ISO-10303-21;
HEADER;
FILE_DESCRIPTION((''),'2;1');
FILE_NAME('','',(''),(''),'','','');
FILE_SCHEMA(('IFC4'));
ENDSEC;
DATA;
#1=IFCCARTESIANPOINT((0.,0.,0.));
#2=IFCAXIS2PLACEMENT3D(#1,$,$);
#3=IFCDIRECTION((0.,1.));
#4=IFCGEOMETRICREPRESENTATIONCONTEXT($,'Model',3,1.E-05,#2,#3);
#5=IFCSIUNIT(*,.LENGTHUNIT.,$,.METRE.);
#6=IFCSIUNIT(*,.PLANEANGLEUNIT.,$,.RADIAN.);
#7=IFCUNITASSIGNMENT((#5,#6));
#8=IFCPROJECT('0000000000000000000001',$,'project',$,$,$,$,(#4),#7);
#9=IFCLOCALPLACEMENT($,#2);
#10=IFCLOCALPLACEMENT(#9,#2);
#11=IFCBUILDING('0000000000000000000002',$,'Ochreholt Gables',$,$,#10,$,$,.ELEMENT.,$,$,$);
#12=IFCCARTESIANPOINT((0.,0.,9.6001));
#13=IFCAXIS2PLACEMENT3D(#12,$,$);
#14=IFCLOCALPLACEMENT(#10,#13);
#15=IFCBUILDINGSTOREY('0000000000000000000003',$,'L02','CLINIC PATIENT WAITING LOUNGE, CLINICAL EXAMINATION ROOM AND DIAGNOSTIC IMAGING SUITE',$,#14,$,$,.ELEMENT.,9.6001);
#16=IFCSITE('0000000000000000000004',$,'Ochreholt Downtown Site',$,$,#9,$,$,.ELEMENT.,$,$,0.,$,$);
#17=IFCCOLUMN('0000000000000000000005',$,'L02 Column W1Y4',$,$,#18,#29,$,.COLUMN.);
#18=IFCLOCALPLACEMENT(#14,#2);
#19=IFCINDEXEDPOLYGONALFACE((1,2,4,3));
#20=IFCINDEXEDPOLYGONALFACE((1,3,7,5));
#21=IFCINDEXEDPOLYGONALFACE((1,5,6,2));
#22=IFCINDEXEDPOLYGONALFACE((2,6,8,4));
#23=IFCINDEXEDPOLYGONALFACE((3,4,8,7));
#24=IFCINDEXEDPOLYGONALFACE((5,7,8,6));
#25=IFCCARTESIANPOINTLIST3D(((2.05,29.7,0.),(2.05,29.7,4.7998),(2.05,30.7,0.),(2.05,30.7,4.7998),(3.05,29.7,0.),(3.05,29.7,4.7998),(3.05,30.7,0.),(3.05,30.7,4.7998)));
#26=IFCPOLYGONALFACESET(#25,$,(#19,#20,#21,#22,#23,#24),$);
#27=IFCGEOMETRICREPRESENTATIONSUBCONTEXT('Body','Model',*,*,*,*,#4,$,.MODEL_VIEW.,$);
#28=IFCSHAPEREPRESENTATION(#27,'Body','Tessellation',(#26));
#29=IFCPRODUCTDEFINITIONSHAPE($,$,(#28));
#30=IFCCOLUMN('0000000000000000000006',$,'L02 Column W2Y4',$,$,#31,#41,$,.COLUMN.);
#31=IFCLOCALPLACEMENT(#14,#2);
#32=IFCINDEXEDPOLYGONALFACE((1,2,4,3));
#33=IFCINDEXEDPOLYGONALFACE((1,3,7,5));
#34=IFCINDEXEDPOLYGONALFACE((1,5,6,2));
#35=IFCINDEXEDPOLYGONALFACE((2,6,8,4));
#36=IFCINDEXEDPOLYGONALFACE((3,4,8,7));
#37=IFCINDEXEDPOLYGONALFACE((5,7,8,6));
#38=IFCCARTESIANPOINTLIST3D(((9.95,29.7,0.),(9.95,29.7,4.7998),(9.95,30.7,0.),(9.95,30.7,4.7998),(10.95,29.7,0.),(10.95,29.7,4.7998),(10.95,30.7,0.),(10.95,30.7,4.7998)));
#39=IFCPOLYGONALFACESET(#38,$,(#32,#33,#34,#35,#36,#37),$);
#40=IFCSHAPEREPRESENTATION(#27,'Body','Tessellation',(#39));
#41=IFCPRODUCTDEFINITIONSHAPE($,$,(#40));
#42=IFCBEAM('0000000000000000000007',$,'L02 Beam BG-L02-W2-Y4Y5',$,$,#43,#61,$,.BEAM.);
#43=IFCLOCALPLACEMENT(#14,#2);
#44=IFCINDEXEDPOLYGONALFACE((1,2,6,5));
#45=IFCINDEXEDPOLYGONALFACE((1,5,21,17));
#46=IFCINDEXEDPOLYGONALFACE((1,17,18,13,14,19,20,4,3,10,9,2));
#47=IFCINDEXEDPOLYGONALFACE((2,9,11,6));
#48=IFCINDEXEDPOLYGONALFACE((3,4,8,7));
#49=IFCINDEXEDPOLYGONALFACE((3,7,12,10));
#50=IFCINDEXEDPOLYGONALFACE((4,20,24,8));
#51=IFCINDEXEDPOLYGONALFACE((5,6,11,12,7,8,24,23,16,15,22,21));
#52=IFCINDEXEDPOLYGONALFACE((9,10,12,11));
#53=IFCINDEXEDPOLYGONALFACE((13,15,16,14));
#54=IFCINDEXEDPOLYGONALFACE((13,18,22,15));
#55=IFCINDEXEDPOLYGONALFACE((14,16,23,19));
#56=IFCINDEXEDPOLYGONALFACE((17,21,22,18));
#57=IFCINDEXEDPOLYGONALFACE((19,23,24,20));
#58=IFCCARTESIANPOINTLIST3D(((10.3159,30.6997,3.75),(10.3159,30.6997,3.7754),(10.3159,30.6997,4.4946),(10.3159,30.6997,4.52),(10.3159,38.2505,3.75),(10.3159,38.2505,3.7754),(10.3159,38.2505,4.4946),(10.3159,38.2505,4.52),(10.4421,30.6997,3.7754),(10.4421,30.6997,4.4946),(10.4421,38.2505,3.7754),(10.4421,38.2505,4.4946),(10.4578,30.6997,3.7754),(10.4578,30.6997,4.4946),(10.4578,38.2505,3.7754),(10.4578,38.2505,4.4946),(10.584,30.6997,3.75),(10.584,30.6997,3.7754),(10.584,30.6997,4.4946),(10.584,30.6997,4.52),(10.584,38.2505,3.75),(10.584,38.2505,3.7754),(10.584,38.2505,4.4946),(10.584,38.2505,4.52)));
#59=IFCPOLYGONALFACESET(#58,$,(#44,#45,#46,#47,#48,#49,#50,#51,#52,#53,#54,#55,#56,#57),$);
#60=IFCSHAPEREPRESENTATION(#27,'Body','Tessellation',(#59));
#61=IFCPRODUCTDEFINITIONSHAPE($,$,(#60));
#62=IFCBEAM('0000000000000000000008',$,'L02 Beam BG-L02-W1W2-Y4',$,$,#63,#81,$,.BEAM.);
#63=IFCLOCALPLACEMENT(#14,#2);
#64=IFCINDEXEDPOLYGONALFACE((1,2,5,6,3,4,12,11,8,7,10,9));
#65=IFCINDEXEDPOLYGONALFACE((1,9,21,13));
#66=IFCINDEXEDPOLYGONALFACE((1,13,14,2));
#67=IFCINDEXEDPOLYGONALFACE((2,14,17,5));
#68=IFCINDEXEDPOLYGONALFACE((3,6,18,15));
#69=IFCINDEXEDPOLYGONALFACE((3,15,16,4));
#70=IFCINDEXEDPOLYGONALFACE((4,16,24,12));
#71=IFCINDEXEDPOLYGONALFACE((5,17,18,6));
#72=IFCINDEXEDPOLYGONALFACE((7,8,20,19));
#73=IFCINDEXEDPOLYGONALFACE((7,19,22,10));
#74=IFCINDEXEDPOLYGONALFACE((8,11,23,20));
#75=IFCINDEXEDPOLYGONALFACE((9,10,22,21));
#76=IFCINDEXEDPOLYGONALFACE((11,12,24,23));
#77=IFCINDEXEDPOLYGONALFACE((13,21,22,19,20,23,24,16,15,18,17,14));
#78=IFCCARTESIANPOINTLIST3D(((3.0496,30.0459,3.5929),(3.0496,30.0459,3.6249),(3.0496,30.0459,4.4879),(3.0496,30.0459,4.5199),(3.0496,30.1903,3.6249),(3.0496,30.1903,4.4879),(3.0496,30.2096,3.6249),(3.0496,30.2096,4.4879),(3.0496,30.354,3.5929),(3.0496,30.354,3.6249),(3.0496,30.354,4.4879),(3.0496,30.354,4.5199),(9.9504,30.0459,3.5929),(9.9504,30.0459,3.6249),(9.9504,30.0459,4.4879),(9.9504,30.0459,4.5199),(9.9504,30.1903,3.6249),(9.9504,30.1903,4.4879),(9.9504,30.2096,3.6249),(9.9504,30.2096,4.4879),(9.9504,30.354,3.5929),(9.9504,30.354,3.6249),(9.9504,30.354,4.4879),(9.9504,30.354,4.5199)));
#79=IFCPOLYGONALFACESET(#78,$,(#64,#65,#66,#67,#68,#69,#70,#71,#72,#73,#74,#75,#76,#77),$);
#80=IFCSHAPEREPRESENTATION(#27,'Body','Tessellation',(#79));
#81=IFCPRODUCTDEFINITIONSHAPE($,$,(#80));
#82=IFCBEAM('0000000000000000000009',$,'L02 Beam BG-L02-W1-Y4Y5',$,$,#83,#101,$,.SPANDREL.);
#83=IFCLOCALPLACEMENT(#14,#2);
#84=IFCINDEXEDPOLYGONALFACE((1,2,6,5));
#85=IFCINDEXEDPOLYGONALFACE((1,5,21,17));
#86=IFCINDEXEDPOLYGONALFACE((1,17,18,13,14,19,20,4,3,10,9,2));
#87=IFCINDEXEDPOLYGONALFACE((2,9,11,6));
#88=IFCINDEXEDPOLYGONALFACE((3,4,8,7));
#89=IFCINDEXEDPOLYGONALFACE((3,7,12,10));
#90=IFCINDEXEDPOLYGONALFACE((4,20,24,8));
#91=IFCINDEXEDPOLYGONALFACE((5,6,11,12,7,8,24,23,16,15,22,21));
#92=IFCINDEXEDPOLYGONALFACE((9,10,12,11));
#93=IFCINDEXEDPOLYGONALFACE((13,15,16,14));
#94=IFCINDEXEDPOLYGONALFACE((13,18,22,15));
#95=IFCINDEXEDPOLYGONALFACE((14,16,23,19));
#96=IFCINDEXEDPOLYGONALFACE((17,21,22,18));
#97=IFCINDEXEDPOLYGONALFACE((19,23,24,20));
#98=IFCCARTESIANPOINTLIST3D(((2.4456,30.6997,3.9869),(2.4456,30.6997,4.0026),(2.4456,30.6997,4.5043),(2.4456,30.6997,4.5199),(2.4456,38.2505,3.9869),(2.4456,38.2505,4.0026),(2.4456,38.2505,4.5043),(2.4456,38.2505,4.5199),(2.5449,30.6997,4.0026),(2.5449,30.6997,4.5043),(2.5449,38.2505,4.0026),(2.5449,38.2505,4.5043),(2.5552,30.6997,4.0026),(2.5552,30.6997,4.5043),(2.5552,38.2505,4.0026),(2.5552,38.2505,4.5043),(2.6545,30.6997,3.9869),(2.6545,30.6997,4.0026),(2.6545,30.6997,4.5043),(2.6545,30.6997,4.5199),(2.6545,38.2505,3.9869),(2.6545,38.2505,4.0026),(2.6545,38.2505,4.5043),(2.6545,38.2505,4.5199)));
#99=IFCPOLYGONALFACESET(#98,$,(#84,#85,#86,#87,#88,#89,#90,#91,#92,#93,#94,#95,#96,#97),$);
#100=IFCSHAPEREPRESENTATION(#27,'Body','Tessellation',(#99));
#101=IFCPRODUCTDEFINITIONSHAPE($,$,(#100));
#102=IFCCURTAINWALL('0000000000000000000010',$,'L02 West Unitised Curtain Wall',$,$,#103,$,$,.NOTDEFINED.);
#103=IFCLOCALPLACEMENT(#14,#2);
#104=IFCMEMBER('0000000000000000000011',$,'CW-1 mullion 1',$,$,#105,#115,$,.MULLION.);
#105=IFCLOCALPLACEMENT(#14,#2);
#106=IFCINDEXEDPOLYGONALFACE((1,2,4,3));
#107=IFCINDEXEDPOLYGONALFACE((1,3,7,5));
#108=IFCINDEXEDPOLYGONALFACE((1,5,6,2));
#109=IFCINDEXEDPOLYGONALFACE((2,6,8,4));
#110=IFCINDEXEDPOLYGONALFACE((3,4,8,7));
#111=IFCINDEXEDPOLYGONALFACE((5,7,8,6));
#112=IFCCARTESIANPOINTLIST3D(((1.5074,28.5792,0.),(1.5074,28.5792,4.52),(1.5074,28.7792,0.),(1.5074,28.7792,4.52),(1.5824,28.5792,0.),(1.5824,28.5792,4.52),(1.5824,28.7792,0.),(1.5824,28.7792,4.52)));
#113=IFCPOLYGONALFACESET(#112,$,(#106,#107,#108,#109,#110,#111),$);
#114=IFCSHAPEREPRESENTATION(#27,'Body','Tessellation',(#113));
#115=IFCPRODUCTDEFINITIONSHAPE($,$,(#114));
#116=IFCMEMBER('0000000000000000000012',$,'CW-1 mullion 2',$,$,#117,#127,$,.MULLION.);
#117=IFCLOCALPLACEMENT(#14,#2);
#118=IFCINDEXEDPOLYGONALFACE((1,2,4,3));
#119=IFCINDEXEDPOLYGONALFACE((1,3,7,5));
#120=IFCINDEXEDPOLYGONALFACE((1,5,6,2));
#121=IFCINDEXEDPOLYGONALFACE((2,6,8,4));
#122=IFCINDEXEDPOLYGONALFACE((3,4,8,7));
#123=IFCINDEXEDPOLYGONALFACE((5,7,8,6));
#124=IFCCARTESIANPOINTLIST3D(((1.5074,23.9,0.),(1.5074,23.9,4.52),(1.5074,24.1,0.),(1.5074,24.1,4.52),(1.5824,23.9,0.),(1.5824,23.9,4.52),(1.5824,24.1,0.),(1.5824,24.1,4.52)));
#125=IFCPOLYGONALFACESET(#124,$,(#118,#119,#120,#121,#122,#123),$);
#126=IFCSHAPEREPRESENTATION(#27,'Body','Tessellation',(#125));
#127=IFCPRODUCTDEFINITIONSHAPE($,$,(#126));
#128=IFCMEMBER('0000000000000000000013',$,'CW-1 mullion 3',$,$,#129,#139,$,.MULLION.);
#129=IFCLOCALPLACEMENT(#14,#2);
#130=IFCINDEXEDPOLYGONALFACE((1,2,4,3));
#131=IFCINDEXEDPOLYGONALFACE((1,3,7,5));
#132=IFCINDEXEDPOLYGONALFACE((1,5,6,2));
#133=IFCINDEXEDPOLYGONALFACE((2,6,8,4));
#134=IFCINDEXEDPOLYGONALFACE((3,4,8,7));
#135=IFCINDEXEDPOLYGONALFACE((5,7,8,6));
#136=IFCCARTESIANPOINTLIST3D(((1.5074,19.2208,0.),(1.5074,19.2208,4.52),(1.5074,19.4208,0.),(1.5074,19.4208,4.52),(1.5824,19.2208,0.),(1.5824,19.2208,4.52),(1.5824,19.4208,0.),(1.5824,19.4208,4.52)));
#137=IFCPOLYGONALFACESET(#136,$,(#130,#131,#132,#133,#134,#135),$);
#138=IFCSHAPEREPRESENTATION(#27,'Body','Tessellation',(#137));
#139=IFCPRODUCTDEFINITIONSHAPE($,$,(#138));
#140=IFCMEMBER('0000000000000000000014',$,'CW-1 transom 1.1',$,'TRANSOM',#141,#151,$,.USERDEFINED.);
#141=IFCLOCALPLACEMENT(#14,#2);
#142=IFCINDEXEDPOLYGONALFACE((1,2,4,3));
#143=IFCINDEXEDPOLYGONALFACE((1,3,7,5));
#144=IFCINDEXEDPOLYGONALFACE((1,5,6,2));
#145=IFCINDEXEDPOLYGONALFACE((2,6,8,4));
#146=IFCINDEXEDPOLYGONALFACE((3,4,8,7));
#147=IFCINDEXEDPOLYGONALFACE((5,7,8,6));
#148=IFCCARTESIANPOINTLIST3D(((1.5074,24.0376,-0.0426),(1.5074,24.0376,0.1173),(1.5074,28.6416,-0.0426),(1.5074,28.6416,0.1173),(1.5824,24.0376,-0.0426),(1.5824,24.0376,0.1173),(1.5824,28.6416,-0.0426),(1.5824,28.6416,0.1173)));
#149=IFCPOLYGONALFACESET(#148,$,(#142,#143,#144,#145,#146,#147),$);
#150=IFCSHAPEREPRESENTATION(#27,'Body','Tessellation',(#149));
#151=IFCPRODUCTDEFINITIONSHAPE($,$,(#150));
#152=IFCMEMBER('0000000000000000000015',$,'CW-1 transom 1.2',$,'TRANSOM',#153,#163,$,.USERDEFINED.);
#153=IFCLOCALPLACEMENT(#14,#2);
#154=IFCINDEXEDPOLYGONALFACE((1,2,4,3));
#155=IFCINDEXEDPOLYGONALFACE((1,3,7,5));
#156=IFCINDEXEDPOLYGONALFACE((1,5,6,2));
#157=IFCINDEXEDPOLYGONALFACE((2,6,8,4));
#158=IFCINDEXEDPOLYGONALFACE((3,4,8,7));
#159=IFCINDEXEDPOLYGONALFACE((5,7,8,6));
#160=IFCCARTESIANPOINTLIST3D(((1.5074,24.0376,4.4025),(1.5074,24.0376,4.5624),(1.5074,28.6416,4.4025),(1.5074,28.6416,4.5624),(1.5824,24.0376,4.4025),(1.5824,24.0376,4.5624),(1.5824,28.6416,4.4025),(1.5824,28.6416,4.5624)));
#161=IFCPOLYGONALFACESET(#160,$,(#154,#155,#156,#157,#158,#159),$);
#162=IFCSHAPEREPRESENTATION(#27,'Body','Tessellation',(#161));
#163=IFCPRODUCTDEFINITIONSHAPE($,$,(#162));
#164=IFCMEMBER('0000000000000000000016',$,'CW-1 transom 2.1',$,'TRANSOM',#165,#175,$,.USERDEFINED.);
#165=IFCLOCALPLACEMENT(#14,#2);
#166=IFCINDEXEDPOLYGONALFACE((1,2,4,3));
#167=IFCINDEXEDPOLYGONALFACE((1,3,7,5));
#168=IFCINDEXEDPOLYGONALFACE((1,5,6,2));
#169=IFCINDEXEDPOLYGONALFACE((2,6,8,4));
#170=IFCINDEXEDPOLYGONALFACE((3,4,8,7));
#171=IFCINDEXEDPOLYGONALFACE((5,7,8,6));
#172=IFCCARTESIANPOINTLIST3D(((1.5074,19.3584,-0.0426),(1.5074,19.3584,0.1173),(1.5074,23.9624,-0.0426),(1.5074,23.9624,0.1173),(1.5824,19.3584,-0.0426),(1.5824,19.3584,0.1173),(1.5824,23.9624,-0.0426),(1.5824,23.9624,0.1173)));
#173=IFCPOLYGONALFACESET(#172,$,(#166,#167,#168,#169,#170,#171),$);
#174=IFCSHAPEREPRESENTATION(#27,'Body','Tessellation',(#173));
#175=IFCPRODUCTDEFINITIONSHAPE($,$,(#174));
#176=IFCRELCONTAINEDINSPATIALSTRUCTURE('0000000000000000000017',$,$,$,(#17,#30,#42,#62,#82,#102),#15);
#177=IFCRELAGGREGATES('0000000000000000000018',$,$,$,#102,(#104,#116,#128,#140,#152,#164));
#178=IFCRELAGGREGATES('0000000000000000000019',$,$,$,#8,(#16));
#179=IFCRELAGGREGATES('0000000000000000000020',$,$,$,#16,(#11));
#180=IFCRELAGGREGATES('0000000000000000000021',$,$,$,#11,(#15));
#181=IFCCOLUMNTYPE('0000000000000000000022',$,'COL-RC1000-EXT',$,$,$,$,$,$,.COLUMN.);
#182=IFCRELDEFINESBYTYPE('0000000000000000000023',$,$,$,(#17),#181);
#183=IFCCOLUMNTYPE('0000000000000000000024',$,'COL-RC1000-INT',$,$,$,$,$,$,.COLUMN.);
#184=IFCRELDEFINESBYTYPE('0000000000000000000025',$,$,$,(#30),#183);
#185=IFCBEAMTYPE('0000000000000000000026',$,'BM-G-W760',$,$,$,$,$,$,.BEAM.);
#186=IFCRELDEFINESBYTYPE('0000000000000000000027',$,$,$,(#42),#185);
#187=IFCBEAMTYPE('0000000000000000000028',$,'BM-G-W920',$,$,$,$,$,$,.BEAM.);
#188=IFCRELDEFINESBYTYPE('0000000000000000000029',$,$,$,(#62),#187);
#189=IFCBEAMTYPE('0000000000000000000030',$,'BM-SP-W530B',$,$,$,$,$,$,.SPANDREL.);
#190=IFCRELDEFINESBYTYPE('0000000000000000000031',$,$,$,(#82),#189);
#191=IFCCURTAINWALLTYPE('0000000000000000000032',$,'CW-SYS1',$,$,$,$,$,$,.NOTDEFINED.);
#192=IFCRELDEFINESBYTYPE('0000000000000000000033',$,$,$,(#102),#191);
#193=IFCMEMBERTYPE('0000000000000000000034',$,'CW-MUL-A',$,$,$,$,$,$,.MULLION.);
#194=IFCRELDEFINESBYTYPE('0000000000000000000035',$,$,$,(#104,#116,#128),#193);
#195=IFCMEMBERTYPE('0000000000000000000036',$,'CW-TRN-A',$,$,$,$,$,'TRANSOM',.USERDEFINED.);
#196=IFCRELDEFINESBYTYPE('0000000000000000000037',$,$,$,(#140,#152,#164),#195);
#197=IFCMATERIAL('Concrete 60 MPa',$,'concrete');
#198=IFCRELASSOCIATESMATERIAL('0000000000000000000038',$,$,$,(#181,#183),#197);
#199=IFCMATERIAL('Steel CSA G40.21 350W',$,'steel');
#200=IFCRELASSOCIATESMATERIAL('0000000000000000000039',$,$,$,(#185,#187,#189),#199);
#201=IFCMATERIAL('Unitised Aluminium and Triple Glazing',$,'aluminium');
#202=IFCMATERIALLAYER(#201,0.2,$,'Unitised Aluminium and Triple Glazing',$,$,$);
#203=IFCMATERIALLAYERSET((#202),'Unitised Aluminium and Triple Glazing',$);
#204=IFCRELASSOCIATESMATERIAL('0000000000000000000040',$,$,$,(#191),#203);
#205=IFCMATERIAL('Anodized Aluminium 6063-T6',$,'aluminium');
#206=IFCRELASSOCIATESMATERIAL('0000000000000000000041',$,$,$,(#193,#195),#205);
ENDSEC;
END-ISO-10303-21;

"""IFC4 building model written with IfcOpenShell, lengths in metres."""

from ifc_helpers import new_model, si_unit, direction, frame, origin, origin_2d, place, context, subcontext, project, spatial, rectangle, i_section, extrude, material, layer, layer_set, material_profile, profile_set, type_object, element, aggregate, save


model = new_model("IFC4")

# Units and contexts
model_context = context("Model", 3, precision=1e-05, world=origin(), true_north=direction((0.0, 1.0)))
body_context = subcontext(model_context, "Body", "Model", "MODEL_VIEW")
ifc_project = project(units=[si_unit("LENGTHUNIT", "METRE"), si_unit("PLANEANGLEUNIT", "RADIAN")], contexts=[model_context])

# Site, building, storey
site_placement = place(None, origin())
site = spatial("IfcSite", under=ifc_project, at=site_placement, Name="Ochreholt Downtown Site", CompositionType="ELEMENT", RefElevation=0.0)
building_placement = place(site_placement, origin())
building = spatial("IfcBuilding", under=site, at=building_placement, Name="Ochreholt Gables", CompositionType="ELEMENT")
storey_placement = place(building_placement, frame((0.0, 0.0, 9.6001)))
storey = spatial("IfcBuildingStorey", under=building, at=storey_placement, Name="L02", Description="CLINIC PATIENT WAITING LOUNGE, CLINICAL EXAMINATION ROOM AND DIAGNOSTIC IMAGING SUITE", CompositionType="ELEMENT", Elevation=9.6001)

# Columns
ifc_material_1 = material(Name="Concrete 60 MPa", Category="concrete")
ifc_material_profile_1 = material_profile(ifc_material_1, rectangle(XDim=1.0, YDim=1.0, at=origin_2d()), Name="RC1000X1000")
ifc_profile_set_1 = profile_set([ifc_material_profile_1], Name="Concrete 60 MPa")
column_type_1 = type_object("IfcColumnType", Name="COL-RC1000-EXT", PredefinedType="COLUMN", material=ifc_profile_set_1)
column_1_placement = place(storey_placement, frame((2.55, 30.2, 0.0), z_axis=(0.0, 0.0, 1.0), x_axis=(1.0, 0.0, 0.0)))
element("IfcColumn", 1, at=column_1_placement, inside=storey, type_object=column_type_1, Name="L02 Column W1Y4", PredefinedType="COLUMN", context=body_context, shape_type="SweptSolid", body=[
    extrude(rectangle(XDim=1.0, YDim=1.0, at=origin_2d()), origin(), (0.0, 0.0, 1.0), 4.7998),
])
ifc_material_profile_2 = material_profile(ifc_material_1, rectangle(XDim=1.0, YDim=1.0, at=origin_2d()), Name="RC1000X1000")
ifc_profile_set_2 = profile_set([ifc_material_profile_2], Name="Concrete 60 MPa")
column_type_2 = type_object("IfcColumnType", Name="COL-RC1000-INT", PredefinedType="COLUMN", material=ifc_profile_set_2)
column_2_placement = place(storey_placement, frame((10.45, 30.2, 0.0), z_axis=(0.0, 0.0, 1.0), x_axis=(1.0, 0.0, 0.0)))
element("IfcColumn", 2, at=column_2_placement, inside=storey, type_object=column_type_2, Name="L02 Column W2Y4", PredefinedType="COLUMN", context=body_context, shape_type="SweptSolid", body=[
    extrude(rectangle(XDim=1.0, YDim=1.0, at=origin_2d()), origin(), (0.0, 0.0, 1.0), 4.7998),
])

# Beams
ifc_material_2 = material(Name="Steel CSA G40.21 350W", Category="steel")
ifc_material_profile_3 = material_profile(ifc_material_2, i_section(OverallWidth=0.2681, OverallDepth=0.77, WebThickness=0.0156, FlangeThickness=0.0254, at=origin_2d()), Name="W760X196")
ifc_profile_set_3 = profile_set([ifc_material_profile_3], Name="Steel CSA G40.21 350W")
beam_type_1 = type_object("IfcBeamType", Name="BM-G-W760", PredefinedType="BEAM", material=ifc_profile_set_3)
beam_1_placement = place(storey_placement, frame((10.45, 30.6997, 4.135), z_axis=(0.0, 1.0, 0.0), x_axis=(-1.0, 0.0, 0.0)))
element("IfcBeam", 3, at=beam_1_placement, inside=storey, type_object=beam_type_1, Name="L02 Beam BG-L02-W2-Y4Y5", PredefinedType="BEAM", context=body_context, shape_type="SweptSolid", body=[
    extrude(i_section(OverallWidth=0.2681, OverallDepth=0.77, WebThickness=0.0156, FlangeThickness=0.0254, at=origin_2d()), origin(), (0.0, 0.0, 1.0), 7.5508),
])
ifc_material_profile_4 = material_profile(ifc_material_2, i_section(OverallWidth=0.3081, OverallDepth=0.927, WebThickness=0.0193, FlangeThickness=0.032, at=origin_2d()), Name="W920X289")
ifc_profile_set_4 = profile_set([ifc_material_profile_4], Name="Steel CSA G40.21 350W")
beam_type_2 = type_object("IfcBeamType", Name="BM-G-W920", PredefinedType="BEAM", material=ifc_profile_set_4)
beam_2_placement = place(storey_placement, frame((3.0496, 30.2, 4.0564), z_axis=(1.0, 0.0, 0.0), x_axis=(0.0, 1.0, 0.0)))
element("IfcBeam", 4, at=beam_2_placement, inside=storey, type_object=beam_type_2, Name="L02 Beam BG-L02-W1W2-Y4", PredefinedType="BEAM", context=body_context, shape_type="SweptSolid", body=[
    extrude(i_section(OverallWidth=0.3081, OverallDepth=0.927, WebThickness=0.0193, FlangeThickness=0.032, at=origin_2d()), origin(), (0.0, 0.0, 1.0), 6.9009),
])
ifc_material_profile_5 = material_profile(ifc_material_2, i_section(OverallWidth=0.209, OverallDepth=0.533, WebThickness=0.0103, FlangeThickness=0.0156, at=origin_2d()), Name="W530X92")
ifc_profile_set_5 = profile_set([ifc_material_profile_5], Name="Steel CSA G40.21 350W")
beam_type_3 = type_object("IfcBeamType", Name="BM-SP-W530B", PredefinedType="SPANDREL", material=ifc_profile_set_5)
beam_3_placement = place(storey_placement, frame((2.55, 30.6997, 4.2534), z_axis=(0.0, 1.0, 0.0), x_axis=(-1.0, 0.0, 0.0)))
element("IfcBeam", 5, at=beam_3_placement, inside=storey, type_object=beam_type_3, Name="L02 Beam BG-L02-W1-Y4Y5", PredefinedType="SPANDREL", context=body_context, shape_type="SweptSolid", body=[
    extrude(i_section(OverallWidth=0.209, OverallDepth=0.533, WebThickness=0.0103, FlangeThickness=0.0156, at=origin_2d()), origin(), (0.0, 0.0, 1.0), 7.5508),
])

# Curtain wall, members
ifc_material_3 = material(Name="Unitised Aluminium and Triple Glazing", Category="aluminium")
ifc_layer_1 = layer(ifc_material_3, 0.2, Name="Unitised Aluminium and Triple Glazing")
ifc_layer_set_1 = layer_set([ifc_layer_1], Name="Unitised Aluminium and Triple Glazing")
curtain_wall_type = type_object("IfcCurtainWallType", Name="CW-SYS1", PredefinedType="NOTDEFINED", material=ifc_layer_set_1)
curtain_wall_placement = place(storey_placement, origin())
curtain_wall = element("IfcCurtainWall", 6, at=curtain_wall_placement, inside=storey, type_object=curtain_wall_type, Name="L02 West Unitised Curtain Wall", PredefinedType="NOTDEFINED")
ifc_material_4 = material(Name="Anodized Aluminium 6063-T6", Category="aluminium")
ifc_material_profile_6 = material_profile(ifc_material_4, rectangle(XDim=0.075, YDim=0.2, at=origin_2d()), Name="CWM75X200")
ifc_profile_set_6 = profile_set([ifc_material_profile_6], Name="Anodized Aluminium 6063-T6")
member_type_1 = type_object("IfcMemberType", Name="CW-MUL-A", PredefinedType="MULLION", material=ifc_profile_set_6)
member_1_placement = place(storey_placement, frame((1.5449, 28.6792, 0.0), z_axis=(0.0, 0.0, 1.0), x_axis=(1.0, 0.0, 0.0)))
member_1 = element("IfcMember", 7, at=member_1_placement, type_object=member_type_1, Name="CW-1 mullion 1", PredefinedType="MULLION", context=body_context, shape_type="SweptSolid", body=[
    extrude(rectangle(XDim=0.075, YDim=0.2, at=origin_2d()), origin(), (0.0, 0.0, 1.0), 4.52),
])
member_2_placement = place(storey_placement, frame((1.5449, 24.0, 0.0), z_axis=(0.0, 0.0, 1.0), x_axis=(1.0, 0.0, 0.0)))
member_2 = element("IfcMember", 8, at=member_2_placement, type_object=member_type_1, Name="CW-1 mullion 2", PredefinedType="MULLION", context=body_context, shape_type="SweptSolid", body=[
    extrude(rectangle(XDim=0.075, YDim=0.2, at=origin_2d()), origin(), (0.0, 0.0, 1.0), 4.52),
])
member_3_placement = place(storey_placement, frame((1.5449, 19.3208, 0.0), z_axis=(0.0, 0.0, 1.0), x_axis=(1.0, 0.0, 0.0)))
member_3 = element("IfcMember", 9, at=member_3_placement, type_object=member_type_1, Name="CW-1 mullion 3", PredefinedType="MULLION", context=body_context, shape_type="SweptSolid", body=[
    extrude(rectangle(XDim=0.075, YDim=0.2, at=origin_2d()), origin(), (0.0, 0.0, 1.0), 4.52),
])
ifc_material_profile_7 = material_profile(ifc_material_4, rectangle(XDim=0.075, YDim=0.1599, at=origin_2d()), Name="CWT75X160")
ifc_profile_set_7 = profile_set([ifc_material_profile_7], Name="Anodized Aluminium 6063-T6")
member_type_2 = type_object("IfcMemberType", Name="CW-TRN-A", ElementType="TRANSOM", PredefinedType="USERDEFINED", material=ifc_profile_set_7)
member_4_placement = place(storey_placement, frame((1.5449, 28.6416, 0.0374), z_axis=(0.0, -1.0, 0.0), x_axis=(1.0, 0.0, 0.0)))
member_4 = element("IfcMember", 10, at=member_4_placement, type_object=member_type_2, Name="CW-1 transom 1.1", ObjectType="TRANSOM", PredefinedType="USERDEFINED", context=body_context, shape_type="SweptSolid", body=[
    extrude(rectangle(XDim=0.075, YDim=0.1599, at=origin_2d()), origin(), (0.0, 0.0, 1.0), 4.604),
])
member_5_placement = place(storey_placement, frame((1.5449, 28.6416, 4.4824), z_axis=(0.0, -1.0, 0.0), x_axis=(1.0, 0.0, 0.0)))
member_5 = element("IfcMember", 11, at=member_5_placement, type_object=member_type_2, Name="CW-1 transom 1.2", ObjectType="TRANSOM", PredefinedType="USERDEFINED", context=body_context, shape_type="SweptSolid", body=[
    extrude(rectangle(XDim=0.075, YDim=0.1599, at=origin_2d()), origin(), (0.0, 0.0, 1.0), 4.604),
])
member_6_placement = place(storey_placement, frame((1.5449, 23.9624, 0.0374), z_axis=(0.0, -1.0, 0.0), x_axis=(1.0, 0.0, 0.0)))
member_6 = element("IfcMember", 12, at=member_6_placement, type_object=member_type_2, Name="CW-1 transom 2.1", ObjectType="TRANSOM", PredefinedType="USERDEFINED", context=body_context, shape_type="SweptSolid", body=[
    extrude(rectangle(XDim=0.075, YDim=0.1599, at=origin_2d()), origin(), (0.0, 0.0, 1.0), 4.604),
])
aggregate(curtain_wall, [member_1, member_2, member_3, member_4, member_5, member_6])

save(model, "model.ifc")
